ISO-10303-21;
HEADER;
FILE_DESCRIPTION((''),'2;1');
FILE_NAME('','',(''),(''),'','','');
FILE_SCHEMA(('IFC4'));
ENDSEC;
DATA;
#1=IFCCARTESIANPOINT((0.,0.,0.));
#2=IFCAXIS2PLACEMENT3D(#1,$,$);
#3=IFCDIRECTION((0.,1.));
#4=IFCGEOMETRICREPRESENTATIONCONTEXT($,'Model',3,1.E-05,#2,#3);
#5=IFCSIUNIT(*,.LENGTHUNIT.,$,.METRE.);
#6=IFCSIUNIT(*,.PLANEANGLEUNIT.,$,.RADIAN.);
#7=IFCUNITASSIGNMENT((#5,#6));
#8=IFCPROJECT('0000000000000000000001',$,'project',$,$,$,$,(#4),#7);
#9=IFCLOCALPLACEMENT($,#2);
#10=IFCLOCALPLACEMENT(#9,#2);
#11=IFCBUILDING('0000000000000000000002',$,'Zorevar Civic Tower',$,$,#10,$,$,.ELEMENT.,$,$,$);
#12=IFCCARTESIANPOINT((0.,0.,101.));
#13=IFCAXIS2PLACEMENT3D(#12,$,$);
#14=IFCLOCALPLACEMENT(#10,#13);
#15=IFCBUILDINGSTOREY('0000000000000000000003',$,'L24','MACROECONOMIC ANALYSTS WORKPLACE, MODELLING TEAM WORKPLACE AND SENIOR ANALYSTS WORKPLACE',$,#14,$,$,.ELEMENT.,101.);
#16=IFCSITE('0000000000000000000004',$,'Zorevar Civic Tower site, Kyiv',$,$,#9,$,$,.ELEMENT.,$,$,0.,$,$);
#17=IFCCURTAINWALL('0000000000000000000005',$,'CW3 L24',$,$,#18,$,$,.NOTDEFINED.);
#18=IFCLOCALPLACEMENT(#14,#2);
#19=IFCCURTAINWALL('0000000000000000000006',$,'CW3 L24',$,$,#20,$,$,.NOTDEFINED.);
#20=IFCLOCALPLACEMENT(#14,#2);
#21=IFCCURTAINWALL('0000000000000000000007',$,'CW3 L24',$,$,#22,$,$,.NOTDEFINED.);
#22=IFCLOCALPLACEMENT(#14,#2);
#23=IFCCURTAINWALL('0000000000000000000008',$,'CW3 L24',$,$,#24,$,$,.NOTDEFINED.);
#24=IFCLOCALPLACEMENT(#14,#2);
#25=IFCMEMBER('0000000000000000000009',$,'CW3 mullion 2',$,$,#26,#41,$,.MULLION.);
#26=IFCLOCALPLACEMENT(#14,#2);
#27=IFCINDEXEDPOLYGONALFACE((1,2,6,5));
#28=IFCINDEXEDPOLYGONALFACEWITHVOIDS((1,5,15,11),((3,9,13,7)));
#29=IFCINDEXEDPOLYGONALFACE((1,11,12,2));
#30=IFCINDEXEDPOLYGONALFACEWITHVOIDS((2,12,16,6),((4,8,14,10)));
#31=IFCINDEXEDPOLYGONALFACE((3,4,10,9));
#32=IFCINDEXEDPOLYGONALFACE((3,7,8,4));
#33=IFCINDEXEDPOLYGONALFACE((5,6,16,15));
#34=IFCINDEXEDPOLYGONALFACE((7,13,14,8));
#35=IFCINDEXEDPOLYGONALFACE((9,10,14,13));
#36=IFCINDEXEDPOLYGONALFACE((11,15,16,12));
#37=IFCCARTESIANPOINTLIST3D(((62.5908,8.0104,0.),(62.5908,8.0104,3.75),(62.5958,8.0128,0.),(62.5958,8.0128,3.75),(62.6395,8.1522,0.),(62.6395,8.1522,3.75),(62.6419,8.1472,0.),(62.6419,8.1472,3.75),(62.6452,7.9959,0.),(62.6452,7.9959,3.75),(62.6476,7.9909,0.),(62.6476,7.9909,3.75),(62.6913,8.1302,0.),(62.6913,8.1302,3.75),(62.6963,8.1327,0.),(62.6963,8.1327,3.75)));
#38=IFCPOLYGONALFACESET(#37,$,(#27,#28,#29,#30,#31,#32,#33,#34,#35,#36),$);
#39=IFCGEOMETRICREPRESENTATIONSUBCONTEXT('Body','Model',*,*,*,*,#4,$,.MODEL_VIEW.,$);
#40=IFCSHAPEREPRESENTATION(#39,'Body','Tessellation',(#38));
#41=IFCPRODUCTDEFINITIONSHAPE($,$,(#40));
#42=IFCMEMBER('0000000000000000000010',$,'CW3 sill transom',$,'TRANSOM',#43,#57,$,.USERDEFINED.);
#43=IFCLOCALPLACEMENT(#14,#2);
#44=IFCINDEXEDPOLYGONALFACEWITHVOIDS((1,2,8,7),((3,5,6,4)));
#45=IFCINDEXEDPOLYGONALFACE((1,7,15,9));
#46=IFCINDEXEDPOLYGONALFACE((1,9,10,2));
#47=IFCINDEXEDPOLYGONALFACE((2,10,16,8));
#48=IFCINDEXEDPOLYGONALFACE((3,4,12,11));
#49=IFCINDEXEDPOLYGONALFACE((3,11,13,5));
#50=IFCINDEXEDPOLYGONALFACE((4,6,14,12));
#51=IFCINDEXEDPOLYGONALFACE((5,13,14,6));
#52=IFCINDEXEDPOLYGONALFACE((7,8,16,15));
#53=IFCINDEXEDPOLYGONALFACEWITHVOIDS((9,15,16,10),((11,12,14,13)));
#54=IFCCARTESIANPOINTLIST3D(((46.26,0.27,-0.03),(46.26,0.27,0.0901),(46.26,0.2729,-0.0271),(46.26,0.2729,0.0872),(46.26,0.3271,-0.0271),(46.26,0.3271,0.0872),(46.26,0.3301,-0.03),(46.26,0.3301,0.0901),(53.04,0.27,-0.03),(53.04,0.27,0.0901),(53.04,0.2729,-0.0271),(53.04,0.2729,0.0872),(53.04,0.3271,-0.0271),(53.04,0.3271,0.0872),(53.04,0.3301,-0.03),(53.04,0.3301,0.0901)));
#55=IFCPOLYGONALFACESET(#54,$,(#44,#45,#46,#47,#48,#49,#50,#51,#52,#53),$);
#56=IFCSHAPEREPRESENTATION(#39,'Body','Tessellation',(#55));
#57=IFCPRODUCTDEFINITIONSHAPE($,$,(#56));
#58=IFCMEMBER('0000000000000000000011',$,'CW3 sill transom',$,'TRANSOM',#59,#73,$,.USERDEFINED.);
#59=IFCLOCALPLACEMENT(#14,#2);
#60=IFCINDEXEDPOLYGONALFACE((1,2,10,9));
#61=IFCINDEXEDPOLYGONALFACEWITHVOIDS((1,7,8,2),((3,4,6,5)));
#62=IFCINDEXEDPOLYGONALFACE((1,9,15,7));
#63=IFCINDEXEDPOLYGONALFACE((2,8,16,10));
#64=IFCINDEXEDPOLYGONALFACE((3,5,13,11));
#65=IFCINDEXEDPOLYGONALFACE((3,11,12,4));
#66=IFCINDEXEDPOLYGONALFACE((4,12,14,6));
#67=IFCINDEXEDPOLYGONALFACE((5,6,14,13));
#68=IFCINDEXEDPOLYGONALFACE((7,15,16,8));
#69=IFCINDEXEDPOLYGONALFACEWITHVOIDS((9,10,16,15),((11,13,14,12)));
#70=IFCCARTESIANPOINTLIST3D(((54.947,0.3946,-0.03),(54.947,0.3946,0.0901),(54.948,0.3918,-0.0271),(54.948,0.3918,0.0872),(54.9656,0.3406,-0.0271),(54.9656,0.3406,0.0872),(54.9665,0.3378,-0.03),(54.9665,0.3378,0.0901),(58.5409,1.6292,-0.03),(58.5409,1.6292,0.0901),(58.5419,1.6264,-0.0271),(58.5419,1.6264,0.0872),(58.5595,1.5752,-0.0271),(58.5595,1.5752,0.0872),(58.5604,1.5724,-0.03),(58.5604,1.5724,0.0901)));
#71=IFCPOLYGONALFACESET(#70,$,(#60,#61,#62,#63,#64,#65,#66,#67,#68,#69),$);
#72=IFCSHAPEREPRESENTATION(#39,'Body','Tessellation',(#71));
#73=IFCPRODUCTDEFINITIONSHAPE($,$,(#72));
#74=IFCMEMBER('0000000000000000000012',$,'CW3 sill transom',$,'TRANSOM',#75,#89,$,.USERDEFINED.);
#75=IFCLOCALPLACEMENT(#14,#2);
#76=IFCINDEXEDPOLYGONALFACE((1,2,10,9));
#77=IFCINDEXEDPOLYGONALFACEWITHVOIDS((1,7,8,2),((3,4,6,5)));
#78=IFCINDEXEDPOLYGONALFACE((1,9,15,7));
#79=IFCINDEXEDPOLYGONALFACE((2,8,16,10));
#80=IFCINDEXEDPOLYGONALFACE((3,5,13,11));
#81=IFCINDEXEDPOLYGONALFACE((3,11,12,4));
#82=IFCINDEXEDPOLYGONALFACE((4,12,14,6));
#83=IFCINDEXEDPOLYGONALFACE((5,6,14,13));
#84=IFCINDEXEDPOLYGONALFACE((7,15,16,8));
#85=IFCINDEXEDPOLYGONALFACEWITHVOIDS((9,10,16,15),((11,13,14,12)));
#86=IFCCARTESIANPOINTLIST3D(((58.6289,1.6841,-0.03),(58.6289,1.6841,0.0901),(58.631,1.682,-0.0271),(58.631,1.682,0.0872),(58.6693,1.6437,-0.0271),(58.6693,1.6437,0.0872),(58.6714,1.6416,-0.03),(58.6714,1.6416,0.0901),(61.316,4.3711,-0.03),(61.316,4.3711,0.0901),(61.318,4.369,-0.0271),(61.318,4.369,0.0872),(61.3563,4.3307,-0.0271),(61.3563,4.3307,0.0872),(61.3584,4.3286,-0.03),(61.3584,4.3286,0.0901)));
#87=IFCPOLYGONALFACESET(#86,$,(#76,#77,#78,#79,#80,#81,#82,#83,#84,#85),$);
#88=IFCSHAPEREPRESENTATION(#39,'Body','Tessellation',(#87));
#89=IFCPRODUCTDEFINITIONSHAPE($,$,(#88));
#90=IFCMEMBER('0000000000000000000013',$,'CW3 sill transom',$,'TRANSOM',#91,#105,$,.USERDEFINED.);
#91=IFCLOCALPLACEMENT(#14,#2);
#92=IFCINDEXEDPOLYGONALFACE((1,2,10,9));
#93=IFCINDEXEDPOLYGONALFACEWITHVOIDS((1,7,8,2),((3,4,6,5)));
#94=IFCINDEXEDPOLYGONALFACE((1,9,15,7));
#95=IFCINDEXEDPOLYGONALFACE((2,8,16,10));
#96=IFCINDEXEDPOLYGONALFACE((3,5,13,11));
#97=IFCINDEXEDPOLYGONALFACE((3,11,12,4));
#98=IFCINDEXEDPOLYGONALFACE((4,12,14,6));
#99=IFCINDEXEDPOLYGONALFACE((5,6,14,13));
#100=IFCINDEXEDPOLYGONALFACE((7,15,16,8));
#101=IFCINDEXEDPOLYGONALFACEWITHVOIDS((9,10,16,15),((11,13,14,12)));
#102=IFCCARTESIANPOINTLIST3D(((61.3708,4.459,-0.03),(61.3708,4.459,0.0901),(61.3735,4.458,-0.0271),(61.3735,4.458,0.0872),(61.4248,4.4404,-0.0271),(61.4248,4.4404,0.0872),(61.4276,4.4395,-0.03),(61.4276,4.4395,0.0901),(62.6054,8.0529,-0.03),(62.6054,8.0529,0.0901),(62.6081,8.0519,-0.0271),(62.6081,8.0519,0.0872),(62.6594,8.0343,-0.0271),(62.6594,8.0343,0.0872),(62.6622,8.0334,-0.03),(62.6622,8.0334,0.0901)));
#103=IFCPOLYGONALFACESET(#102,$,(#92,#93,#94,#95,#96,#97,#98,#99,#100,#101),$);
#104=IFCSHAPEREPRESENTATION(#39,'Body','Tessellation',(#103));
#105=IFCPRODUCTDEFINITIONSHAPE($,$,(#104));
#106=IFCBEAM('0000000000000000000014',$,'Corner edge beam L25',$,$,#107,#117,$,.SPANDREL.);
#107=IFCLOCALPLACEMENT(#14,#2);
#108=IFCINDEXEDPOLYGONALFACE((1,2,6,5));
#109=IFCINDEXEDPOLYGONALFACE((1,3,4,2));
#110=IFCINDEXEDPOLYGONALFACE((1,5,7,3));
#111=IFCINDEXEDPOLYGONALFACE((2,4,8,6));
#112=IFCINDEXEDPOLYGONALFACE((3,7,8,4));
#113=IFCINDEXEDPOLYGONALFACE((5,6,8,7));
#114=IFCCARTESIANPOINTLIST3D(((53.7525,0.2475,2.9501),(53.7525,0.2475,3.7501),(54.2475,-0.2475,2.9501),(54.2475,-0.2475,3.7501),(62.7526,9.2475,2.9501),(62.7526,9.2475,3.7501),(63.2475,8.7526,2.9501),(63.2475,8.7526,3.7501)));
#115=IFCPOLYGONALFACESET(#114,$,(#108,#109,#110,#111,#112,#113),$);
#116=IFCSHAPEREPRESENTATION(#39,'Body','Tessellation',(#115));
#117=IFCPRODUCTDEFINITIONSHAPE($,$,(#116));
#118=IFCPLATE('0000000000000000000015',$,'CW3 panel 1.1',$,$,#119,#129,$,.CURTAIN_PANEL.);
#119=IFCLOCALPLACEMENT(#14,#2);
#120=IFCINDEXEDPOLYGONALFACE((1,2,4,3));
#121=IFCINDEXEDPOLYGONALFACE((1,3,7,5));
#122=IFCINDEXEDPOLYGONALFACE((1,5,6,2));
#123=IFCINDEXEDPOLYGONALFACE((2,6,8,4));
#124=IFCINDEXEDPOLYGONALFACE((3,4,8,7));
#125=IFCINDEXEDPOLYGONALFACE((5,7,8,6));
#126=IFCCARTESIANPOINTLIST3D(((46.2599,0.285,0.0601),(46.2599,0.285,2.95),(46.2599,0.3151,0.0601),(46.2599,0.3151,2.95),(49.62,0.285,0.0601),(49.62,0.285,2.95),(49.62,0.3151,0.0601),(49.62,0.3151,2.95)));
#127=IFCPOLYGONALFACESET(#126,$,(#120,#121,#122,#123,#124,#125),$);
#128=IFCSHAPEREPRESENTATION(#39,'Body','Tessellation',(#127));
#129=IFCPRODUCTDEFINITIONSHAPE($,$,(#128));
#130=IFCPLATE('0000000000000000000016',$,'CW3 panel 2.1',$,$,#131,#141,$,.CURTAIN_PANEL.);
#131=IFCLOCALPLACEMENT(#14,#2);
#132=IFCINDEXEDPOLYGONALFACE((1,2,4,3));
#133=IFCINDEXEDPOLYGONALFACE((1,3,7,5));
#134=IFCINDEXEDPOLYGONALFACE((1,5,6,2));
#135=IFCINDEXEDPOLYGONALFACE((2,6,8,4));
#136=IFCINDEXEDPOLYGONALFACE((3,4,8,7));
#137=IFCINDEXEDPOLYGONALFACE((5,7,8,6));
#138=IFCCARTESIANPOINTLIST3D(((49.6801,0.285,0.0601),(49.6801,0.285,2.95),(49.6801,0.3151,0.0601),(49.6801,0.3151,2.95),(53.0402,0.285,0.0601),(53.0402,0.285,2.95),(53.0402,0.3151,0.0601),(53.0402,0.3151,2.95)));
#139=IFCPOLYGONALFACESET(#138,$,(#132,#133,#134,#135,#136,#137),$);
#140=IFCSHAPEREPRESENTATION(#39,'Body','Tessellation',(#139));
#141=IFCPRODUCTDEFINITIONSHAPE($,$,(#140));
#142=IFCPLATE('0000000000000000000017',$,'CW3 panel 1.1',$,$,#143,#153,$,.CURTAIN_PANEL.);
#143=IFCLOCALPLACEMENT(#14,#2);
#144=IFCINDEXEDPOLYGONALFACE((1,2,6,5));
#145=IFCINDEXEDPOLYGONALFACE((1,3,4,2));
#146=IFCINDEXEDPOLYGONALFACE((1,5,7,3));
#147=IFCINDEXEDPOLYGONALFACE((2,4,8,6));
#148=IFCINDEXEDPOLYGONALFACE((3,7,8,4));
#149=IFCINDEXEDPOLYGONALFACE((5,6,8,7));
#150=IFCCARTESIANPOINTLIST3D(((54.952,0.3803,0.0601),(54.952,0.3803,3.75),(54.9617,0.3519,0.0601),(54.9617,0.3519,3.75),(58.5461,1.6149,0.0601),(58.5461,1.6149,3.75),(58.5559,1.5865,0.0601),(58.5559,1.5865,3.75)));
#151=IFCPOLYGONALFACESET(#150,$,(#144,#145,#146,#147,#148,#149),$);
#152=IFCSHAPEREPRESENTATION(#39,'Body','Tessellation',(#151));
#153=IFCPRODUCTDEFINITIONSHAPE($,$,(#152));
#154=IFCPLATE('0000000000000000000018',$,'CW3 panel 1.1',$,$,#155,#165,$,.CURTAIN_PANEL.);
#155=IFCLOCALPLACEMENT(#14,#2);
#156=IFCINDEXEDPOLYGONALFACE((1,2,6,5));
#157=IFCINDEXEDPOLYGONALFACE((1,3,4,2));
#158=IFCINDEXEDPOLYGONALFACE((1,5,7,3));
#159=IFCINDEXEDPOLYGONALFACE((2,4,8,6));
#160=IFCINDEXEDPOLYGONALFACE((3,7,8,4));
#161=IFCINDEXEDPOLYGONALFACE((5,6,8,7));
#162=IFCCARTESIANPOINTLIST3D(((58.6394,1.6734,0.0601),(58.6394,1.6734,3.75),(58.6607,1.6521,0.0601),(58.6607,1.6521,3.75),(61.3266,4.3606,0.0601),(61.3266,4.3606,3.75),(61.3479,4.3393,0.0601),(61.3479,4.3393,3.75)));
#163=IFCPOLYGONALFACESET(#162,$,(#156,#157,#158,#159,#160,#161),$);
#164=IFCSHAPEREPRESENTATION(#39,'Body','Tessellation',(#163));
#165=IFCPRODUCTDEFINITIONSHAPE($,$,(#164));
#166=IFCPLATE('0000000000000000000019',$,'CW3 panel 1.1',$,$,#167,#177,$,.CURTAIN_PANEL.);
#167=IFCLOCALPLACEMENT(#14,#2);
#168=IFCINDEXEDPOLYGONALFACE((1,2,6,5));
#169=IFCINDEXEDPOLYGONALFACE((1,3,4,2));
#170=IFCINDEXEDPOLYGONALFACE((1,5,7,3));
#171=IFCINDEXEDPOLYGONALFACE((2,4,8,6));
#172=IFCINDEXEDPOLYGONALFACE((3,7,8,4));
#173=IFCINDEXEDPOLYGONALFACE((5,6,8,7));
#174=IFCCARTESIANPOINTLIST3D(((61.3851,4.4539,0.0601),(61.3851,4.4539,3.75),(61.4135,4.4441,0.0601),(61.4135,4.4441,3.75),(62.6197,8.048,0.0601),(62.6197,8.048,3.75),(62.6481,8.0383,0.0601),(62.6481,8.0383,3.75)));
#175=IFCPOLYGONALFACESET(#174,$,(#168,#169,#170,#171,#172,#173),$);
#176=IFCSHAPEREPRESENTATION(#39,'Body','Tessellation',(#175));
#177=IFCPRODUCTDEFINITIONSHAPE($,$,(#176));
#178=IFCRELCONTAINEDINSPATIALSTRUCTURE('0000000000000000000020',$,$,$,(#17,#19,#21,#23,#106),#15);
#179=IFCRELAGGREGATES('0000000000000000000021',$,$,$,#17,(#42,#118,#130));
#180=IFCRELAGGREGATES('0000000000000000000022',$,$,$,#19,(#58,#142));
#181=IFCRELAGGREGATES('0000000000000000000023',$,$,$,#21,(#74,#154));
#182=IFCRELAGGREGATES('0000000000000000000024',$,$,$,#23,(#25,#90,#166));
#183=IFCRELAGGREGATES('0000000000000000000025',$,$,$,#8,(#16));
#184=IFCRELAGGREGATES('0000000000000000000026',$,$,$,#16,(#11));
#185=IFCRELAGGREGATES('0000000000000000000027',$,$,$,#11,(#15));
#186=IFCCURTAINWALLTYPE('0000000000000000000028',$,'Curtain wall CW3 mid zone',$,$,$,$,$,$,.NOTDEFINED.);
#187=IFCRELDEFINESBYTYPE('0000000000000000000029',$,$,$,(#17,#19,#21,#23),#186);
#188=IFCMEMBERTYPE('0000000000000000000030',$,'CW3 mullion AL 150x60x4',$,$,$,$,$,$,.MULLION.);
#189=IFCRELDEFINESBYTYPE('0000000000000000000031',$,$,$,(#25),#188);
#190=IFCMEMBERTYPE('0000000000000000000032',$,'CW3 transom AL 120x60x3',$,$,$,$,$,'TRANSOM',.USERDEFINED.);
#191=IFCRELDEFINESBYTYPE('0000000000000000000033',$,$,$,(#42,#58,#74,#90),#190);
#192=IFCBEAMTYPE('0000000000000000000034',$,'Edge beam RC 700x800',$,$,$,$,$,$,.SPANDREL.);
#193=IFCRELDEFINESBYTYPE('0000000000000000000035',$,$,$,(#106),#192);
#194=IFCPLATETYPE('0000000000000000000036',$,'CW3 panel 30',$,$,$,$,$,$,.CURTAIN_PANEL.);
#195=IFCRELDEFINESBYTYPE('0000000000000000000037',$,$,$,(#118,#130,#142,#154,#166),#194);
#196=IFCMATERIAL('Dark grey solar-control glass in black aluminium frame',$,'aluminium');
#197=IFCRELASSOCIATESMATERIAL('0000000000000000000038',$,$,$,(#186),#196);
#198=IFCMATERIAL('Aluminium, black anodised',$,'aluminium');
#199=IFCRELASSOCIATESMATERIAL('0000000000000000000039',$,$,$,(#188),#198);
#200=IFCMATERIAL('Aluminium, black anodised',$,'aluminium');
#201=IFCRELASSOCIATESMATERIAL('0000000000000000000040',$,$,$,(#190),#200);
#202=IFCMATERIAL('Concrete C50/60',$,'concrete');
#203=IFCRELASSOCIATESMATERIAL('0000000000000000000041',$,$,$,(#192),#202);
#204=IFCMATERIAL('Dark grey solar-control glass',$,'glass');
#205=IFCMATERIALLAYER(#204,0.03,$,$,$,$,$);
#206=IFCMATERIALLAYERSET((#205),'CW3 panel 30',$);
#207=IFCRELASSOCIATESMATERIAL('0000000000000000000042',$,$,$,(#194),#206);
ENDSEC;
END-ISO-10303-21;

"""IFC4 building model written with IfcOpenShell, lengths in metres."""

from ifc_helpers import new_model, si_unit, direction, frame, origin, origin_2d, place, context, subcontext, project, spatial, rectangle, hollow_rectangle, extrude, material, layer, layer_set, material_profile, profile_set, type_object, element, aggregate, save


model = new_model("IFC4")

# Units and contexts
model_context = context("Model", 3, precision=1e-05, world=origin(), true_north=direction((0.0, 1.0)))
body_context = subcontext(model_context, "Body", "Model", "MODEL_VIEW")
ifc_project = project(units=[si_unit("LENGTHUNIT", "METRE"), si_unit("PLANEANGLEUNIT", "RADIAN")], contexts=[model_context])

# Site, building, storey
site_placement = place(None, origin())
site = spatial("IfcSite", under=ifc_project, at=site_placement, Name="Zorevar Civic Tower site, Kyiv", CompositionType="ELEMENT", RefElevation=0.0)
building_placement = place(site_placement, origin())
building = spatial("IfcBuilding", under=site, at=building_placement, Name="Zorevar Civic Tower", CompositionType="ELEMENT")
storey_placement = place(building_placement, frame((0.0, 0.0, 101.0)))
storey = spatial("IfcBuildingStorey", under=building, at=storey_placement, Name="L24", Description="MACROECONOMIC ANALYSTS WORKPLACE, MODELLING TEAM WORKPLACE AND SENIOR ANALYSTS WORKPLACE", CompositionType="ELEMENT", Elevation=101.0)

# Curtain walls, member
ifc_material_1 = material(Name="Dark grey solar-control glass in black aluminium frame", Category="aluminium")
curtain_wall_type = type_object("IfcCurtainWallType", Name="Curtain wall CW3 mid zone", PredefinedType="NOTDEFINED", material=ifc_material_1)
curtain_wall_1_placement = place(storey_placement, origin())
curtain_wall_1 = element("IfcCurtainWall", 1, at=curtain_wall_1_placement, inside=storey, type_object=curtain_wall_type, Name="CW3 L24", PredefinedType="NOTDEFINED")
ifc_material_2 = material(Name="Aluminium, black anodised", Category="aluminium")
ifc_material_profile_1 = material_profile(ifc_material_2, hollow_rectangle(XDim=0.0601, YDim=0.1499, WallThickness=0.0039, at=origin_2d()), Name="AL 150x60x4")
ifc_profile_set_1 = profile_set([ifc_material_profile_1], Name="Aluminium, black anodised")
member_type_1 = type_object("IfcMemberType", Name="CW3 mullion AL 150x60x4", PredefinedType="MULLION", material=ifc_profile_set_1)
curtain_wall_2_placement = place(storey_placement, origin())
curtain_wall_2 = element("IfcCurtainWall", 2, at=curtain_wall_2_placement, inside=storey, type_object=curtain_wall_type, Name="CW3 L24", PredefinedType="NOTDEFINED")
curtain_wall_3_placement = place(storey_placement, origin())
curtain_wall_3 = element("IfcCurtainWall", 3, at=curtain_wall_3_placement, inside=storey, type_object=curtain_wall_type, Name="CW3 L24", PredefinedType="NOTDEFINED")
curtain_wall_4_placement = place(storey_placement, origin())
curtain_wall_4 = element("IfcCurtainWall", 4, at=curtain_wall_4_placement, inside=storey, type_object=curtain_wall_type, Name="CW3 L24", PredefinedType="NOTDEFINED")
member_1_placement = place(storey_placement, frame((62.6436, 8.0715, 0.0), z_axis=(0.0, 0.0, 1.0), x_axis=(-0.945756, 0.324878, 0.0)))
member_1 = element("IfcMember", 5, at=member_1_placement, type_object=member_type_1, Name="CW3 mullion 2", PredefinedType="MULLION", context=body_context, shape_type="SweptSolid", body=[
    extrude(hollow_rectangle(XDim=0.0601, YDim=0.1499, WallThickness=0.0039, at=origin_2d()), origin(), (0.0, 0.0, 1.0), 3.75),
])

# Members
ifc_material_3 = material(Name="Aluminium, black anodised", Category="aluminium")
ifc_material_profile_2 = material_profile(ifc_material_3, hollow_rectangle(XDim=0.0601, YDim=0.1201, WallThickness=0.0029, at=origin_2d()), Name="AL 120x60x3")
ifc_profile_set_2 = profile_set([ifc_material_profile_2], Name="Aluminium, black anodised")
member_type_2 = type_object("IfcMemberType", Name="CW3 transom AL 120x60x3", ElementType="TRANSOM", PredefinedType="USERDEFINED", material=ifc_profile_set_2)
member_2_placement = place(storey_placement, frame((46.26, 0.3, 0.03), z_axis=(1.0, 0.0, 0.0), x_axis=(0.0, 1.0, 0.0)))
member_2 = element("IfcMember", 6, at=member_2_placement, type_object=member_type_2, Name="CW3 sill transom", ObjectType="TRANSOM", PredefinedType="USERDEFINED", context=body_context, shape_type="SweptSolid", body=[
    extrude(hollow_rectangle(XDim=0.0601, YDim=0.1201, WallThickness=0.0029, at=origin_2d()), origin(), (0.0, 0.0, 1.0), 6.78),
])
member_3_placement = place(storey_placement, frame((54.9568, 0.3662, 0.03), z_axis=(0.945753, 0.324888, 0.0), x_axis=(-0.324888, 0.945753, 0.0)))
member_3 = element("IfcMember", 7, at=member_3_placement, type_object=member_type_2, Name="CW3 sill transom", ObjectType="TRANSOM", PredefinedType="USERDEFINED", context=body_context, shape_type="SweptSolid", body=[
    extrude(hollow_rectangle(XDim=0.0601, YDim=0.1201, WallThickness=0.0029, at=origin_2d()), origin(), (0.0, 0.0, 1.0), 3.8),
])
member_4_placement = place(storey_placement, frame((58.6501, 1.6628, 0.03), z_axis=(0.707107, 0.707107, 0.0), x_axis=(-0.707107, 0.707107, 0.0)))
member_4 = element("IfcMember", 8, at=member_4_placement, type_object=member_type_2, Name="CW3 sill transom", ObjectType="TRANSOM", PredefinedType="USERDEFINED", context=body_context, shape_type="SweptSolid", body=[
    extrude(hollow_rectangle(XDim=0.0601, YDim=0.1201, WallThickness=0.0029, at=origin_2d()), origin(), (0.0, 0.0, 1.0), 3.8),
])
member_5_placement = place(storey_placement, frame((61.3992, 4.4492, 0.03), z_axis=(0.324888, 0.945753, 0.0), x_axis=(-0.945753, 0.324888, 0.0)))
member_5 = element("IfcMember", 9, at=member_5_placement, type_object=member_type_2, Name="CW3 sill transom", ObjectType="TRANSOM", PredefinedType="USERDEFINED", context=body_context, shape_type="SweptSolid", body=[
    extrude(hollow_rectangle(XDim=0.0601, YDim=0.1201, WallThickness=0.0029, at=origin_2d()), origin(), (0.0, 0.0, 1.0), 3.8),
])

# Beam
ifc_material_4 = material(Name="Concrete C50/60", Category="concrete")
ifc_material_profile_3 = material_profile(ifc_material_4, rectangle(XDim=0.7, YDim=0.8, at=origin_2d()), Name="RC 700x800")
ifc_profile_set_3 = profile_set([ifc_material_profile_3], Name="Concrete C50/60")
beam_type_1 = type_object("IfcBeamType", Name="Edge beam RC 700x800", PredefinedType="SPANDREL", material=ifc_profile_set_3)
beam_1_placement = place(storey_placement, frame((54.0, 0.0, 3.3501), z_axis=(0.707107, 0.707107, 0.0), x_axis=(-0.707107, 0.707107, 0.0)))
element("IfcBeam", 10, at=beam_1_placement, inside=storey, type_object=beam_type_1, Name="Corner edge beam L25", PredefinedType="SPANDREL", context=body_context, shape_type="SweptSolid", body=[
    extrude(rectangle(XDim=0.7, YDim=0.8, at=origin_2d()), origin(), (0.0, 0.0, 1.0), 12.728),
])

# Plates
ifc_material_5 = material(Name="Dark grey solar-control glass", Category="glass")
ifc_layer_1 = layer(ifc_material_5, 0.03)
ifc_layer_set_1 = layer_set([ifc_layer_1], Name="CW3 panel 30")
plate_type = type_object("IfcPlateType", Name="CW3 panel 30", PredefinedType="CURTAIN_PANEL", material=ifc_layer_set_1)
plate_1_placement = place(storey_placement, frame((47.9399, 0.3, 0.0601), z_axis=(0.0, 0.0, 1.0), x_axis=(1.0, 0.0, 0.0)))
plate_1 = element("IfcPlate", 11, at=plate_1_placement, type_object=plate_type, Name="CW3 panel 1.1", PredefinedType="CURTAIN_PANEL", context=body_context, shape_type="SweptSolid", body=[
    extrude(rectangle(XDim=3.3601, YDim=0.03, at=origin_2d()), origin(), (0.0, 0.0, 1.0), 2.8899),
])
plate_2_placement = place(storey_placement, frame((51.3601, 0.3, 0.0601), z_axis=(0.0, 0.0, 1.0), x_axis=(1.0, 0.0, 0.0)))
plate_2 = element("IfcPlate", 12, at=plate_2_placement, type_object=plate_type, Name="CW3 panel 2.1", PredefinedType="CURTAIN_PANEL", context=body_context, shape_type="SweptSolid", body=[
    extrude(rectangle(XDim=3.3601, YDim=0.03, at=origin_2d()), origin(), (0.0, 0.0, 1.0), 2.8899),
])
aggregate(curtain_wall_1, [member_2, plate_1, plate_2])
plate_3_placement = place(storey_placement, frame((56.7539, 0.9834, 0.0601), z_axis=(0.0, 0.0, 1.0), x_axis=(0.945756, 0.324878, 0.0)))
plate_3 = element("IfcPlate", 13, at=plate_3_placement, type_object=plate_type, Name="CW3 panel 1.1", PredefinedType="CURTAIN_PANEL", context=body_context, shape_type="SweptSolid", body=[
    extrude(rectangle(XDim=3.8003, YDim=0.03, at=origin_2d()), origin(), (0.0, 0.0, 1.0), 3.6899),
])
aggregate(curtain_wall_2, [member_3, plate_3])
plate_4_placement = place(storey_placement, frame((59.9937, 3.0063, 0.0601), z_axis=(0.0, 0.0, 1.0), x_axis=(0.707107, 0.707107, 0.0)))
plate_4 = element("IfcPlate", 14, at=plate_4_placement, type_object=plate_type, Name="CW3 panel 1.1", PredefinedType="CURTAIN_PANEL", context=body_context, shape_type="SweptSolid", body=[
    extrude(rectangle(XDim=3.8003, YDim=0.03, at=origin_2d()), origin(), (0.0, 0.0, 1.0), 3.6899),
])
aggregate(curtain_wall_3, [member_4, plate_4])
plate_5_placement = place(storey_placement, frame((62.0166, 6.2461, 0.0601), z_axis=(0.0, 0.0, 1.0), x_axis=(0.324878, 0.945756, 0.0)))
plate_5 = element("IfcPlate", 15, at=plate_5_placement, type_object=plate_type, Name="CW3 panel 1.1", PredefinedType="CURTAIN_PANEL", context=body_context, shape_type="SweptSolid", body=[
    extrude(rectangle(XDim=3.8003, YDim=0.03, at=origin_2d()), origin(), (0.0, 0.0, 1.0), 3.6899),
])
aggregate(curtain_wall_4, [member_1, member_5, plate_5])

save(model, "model.ifc")
